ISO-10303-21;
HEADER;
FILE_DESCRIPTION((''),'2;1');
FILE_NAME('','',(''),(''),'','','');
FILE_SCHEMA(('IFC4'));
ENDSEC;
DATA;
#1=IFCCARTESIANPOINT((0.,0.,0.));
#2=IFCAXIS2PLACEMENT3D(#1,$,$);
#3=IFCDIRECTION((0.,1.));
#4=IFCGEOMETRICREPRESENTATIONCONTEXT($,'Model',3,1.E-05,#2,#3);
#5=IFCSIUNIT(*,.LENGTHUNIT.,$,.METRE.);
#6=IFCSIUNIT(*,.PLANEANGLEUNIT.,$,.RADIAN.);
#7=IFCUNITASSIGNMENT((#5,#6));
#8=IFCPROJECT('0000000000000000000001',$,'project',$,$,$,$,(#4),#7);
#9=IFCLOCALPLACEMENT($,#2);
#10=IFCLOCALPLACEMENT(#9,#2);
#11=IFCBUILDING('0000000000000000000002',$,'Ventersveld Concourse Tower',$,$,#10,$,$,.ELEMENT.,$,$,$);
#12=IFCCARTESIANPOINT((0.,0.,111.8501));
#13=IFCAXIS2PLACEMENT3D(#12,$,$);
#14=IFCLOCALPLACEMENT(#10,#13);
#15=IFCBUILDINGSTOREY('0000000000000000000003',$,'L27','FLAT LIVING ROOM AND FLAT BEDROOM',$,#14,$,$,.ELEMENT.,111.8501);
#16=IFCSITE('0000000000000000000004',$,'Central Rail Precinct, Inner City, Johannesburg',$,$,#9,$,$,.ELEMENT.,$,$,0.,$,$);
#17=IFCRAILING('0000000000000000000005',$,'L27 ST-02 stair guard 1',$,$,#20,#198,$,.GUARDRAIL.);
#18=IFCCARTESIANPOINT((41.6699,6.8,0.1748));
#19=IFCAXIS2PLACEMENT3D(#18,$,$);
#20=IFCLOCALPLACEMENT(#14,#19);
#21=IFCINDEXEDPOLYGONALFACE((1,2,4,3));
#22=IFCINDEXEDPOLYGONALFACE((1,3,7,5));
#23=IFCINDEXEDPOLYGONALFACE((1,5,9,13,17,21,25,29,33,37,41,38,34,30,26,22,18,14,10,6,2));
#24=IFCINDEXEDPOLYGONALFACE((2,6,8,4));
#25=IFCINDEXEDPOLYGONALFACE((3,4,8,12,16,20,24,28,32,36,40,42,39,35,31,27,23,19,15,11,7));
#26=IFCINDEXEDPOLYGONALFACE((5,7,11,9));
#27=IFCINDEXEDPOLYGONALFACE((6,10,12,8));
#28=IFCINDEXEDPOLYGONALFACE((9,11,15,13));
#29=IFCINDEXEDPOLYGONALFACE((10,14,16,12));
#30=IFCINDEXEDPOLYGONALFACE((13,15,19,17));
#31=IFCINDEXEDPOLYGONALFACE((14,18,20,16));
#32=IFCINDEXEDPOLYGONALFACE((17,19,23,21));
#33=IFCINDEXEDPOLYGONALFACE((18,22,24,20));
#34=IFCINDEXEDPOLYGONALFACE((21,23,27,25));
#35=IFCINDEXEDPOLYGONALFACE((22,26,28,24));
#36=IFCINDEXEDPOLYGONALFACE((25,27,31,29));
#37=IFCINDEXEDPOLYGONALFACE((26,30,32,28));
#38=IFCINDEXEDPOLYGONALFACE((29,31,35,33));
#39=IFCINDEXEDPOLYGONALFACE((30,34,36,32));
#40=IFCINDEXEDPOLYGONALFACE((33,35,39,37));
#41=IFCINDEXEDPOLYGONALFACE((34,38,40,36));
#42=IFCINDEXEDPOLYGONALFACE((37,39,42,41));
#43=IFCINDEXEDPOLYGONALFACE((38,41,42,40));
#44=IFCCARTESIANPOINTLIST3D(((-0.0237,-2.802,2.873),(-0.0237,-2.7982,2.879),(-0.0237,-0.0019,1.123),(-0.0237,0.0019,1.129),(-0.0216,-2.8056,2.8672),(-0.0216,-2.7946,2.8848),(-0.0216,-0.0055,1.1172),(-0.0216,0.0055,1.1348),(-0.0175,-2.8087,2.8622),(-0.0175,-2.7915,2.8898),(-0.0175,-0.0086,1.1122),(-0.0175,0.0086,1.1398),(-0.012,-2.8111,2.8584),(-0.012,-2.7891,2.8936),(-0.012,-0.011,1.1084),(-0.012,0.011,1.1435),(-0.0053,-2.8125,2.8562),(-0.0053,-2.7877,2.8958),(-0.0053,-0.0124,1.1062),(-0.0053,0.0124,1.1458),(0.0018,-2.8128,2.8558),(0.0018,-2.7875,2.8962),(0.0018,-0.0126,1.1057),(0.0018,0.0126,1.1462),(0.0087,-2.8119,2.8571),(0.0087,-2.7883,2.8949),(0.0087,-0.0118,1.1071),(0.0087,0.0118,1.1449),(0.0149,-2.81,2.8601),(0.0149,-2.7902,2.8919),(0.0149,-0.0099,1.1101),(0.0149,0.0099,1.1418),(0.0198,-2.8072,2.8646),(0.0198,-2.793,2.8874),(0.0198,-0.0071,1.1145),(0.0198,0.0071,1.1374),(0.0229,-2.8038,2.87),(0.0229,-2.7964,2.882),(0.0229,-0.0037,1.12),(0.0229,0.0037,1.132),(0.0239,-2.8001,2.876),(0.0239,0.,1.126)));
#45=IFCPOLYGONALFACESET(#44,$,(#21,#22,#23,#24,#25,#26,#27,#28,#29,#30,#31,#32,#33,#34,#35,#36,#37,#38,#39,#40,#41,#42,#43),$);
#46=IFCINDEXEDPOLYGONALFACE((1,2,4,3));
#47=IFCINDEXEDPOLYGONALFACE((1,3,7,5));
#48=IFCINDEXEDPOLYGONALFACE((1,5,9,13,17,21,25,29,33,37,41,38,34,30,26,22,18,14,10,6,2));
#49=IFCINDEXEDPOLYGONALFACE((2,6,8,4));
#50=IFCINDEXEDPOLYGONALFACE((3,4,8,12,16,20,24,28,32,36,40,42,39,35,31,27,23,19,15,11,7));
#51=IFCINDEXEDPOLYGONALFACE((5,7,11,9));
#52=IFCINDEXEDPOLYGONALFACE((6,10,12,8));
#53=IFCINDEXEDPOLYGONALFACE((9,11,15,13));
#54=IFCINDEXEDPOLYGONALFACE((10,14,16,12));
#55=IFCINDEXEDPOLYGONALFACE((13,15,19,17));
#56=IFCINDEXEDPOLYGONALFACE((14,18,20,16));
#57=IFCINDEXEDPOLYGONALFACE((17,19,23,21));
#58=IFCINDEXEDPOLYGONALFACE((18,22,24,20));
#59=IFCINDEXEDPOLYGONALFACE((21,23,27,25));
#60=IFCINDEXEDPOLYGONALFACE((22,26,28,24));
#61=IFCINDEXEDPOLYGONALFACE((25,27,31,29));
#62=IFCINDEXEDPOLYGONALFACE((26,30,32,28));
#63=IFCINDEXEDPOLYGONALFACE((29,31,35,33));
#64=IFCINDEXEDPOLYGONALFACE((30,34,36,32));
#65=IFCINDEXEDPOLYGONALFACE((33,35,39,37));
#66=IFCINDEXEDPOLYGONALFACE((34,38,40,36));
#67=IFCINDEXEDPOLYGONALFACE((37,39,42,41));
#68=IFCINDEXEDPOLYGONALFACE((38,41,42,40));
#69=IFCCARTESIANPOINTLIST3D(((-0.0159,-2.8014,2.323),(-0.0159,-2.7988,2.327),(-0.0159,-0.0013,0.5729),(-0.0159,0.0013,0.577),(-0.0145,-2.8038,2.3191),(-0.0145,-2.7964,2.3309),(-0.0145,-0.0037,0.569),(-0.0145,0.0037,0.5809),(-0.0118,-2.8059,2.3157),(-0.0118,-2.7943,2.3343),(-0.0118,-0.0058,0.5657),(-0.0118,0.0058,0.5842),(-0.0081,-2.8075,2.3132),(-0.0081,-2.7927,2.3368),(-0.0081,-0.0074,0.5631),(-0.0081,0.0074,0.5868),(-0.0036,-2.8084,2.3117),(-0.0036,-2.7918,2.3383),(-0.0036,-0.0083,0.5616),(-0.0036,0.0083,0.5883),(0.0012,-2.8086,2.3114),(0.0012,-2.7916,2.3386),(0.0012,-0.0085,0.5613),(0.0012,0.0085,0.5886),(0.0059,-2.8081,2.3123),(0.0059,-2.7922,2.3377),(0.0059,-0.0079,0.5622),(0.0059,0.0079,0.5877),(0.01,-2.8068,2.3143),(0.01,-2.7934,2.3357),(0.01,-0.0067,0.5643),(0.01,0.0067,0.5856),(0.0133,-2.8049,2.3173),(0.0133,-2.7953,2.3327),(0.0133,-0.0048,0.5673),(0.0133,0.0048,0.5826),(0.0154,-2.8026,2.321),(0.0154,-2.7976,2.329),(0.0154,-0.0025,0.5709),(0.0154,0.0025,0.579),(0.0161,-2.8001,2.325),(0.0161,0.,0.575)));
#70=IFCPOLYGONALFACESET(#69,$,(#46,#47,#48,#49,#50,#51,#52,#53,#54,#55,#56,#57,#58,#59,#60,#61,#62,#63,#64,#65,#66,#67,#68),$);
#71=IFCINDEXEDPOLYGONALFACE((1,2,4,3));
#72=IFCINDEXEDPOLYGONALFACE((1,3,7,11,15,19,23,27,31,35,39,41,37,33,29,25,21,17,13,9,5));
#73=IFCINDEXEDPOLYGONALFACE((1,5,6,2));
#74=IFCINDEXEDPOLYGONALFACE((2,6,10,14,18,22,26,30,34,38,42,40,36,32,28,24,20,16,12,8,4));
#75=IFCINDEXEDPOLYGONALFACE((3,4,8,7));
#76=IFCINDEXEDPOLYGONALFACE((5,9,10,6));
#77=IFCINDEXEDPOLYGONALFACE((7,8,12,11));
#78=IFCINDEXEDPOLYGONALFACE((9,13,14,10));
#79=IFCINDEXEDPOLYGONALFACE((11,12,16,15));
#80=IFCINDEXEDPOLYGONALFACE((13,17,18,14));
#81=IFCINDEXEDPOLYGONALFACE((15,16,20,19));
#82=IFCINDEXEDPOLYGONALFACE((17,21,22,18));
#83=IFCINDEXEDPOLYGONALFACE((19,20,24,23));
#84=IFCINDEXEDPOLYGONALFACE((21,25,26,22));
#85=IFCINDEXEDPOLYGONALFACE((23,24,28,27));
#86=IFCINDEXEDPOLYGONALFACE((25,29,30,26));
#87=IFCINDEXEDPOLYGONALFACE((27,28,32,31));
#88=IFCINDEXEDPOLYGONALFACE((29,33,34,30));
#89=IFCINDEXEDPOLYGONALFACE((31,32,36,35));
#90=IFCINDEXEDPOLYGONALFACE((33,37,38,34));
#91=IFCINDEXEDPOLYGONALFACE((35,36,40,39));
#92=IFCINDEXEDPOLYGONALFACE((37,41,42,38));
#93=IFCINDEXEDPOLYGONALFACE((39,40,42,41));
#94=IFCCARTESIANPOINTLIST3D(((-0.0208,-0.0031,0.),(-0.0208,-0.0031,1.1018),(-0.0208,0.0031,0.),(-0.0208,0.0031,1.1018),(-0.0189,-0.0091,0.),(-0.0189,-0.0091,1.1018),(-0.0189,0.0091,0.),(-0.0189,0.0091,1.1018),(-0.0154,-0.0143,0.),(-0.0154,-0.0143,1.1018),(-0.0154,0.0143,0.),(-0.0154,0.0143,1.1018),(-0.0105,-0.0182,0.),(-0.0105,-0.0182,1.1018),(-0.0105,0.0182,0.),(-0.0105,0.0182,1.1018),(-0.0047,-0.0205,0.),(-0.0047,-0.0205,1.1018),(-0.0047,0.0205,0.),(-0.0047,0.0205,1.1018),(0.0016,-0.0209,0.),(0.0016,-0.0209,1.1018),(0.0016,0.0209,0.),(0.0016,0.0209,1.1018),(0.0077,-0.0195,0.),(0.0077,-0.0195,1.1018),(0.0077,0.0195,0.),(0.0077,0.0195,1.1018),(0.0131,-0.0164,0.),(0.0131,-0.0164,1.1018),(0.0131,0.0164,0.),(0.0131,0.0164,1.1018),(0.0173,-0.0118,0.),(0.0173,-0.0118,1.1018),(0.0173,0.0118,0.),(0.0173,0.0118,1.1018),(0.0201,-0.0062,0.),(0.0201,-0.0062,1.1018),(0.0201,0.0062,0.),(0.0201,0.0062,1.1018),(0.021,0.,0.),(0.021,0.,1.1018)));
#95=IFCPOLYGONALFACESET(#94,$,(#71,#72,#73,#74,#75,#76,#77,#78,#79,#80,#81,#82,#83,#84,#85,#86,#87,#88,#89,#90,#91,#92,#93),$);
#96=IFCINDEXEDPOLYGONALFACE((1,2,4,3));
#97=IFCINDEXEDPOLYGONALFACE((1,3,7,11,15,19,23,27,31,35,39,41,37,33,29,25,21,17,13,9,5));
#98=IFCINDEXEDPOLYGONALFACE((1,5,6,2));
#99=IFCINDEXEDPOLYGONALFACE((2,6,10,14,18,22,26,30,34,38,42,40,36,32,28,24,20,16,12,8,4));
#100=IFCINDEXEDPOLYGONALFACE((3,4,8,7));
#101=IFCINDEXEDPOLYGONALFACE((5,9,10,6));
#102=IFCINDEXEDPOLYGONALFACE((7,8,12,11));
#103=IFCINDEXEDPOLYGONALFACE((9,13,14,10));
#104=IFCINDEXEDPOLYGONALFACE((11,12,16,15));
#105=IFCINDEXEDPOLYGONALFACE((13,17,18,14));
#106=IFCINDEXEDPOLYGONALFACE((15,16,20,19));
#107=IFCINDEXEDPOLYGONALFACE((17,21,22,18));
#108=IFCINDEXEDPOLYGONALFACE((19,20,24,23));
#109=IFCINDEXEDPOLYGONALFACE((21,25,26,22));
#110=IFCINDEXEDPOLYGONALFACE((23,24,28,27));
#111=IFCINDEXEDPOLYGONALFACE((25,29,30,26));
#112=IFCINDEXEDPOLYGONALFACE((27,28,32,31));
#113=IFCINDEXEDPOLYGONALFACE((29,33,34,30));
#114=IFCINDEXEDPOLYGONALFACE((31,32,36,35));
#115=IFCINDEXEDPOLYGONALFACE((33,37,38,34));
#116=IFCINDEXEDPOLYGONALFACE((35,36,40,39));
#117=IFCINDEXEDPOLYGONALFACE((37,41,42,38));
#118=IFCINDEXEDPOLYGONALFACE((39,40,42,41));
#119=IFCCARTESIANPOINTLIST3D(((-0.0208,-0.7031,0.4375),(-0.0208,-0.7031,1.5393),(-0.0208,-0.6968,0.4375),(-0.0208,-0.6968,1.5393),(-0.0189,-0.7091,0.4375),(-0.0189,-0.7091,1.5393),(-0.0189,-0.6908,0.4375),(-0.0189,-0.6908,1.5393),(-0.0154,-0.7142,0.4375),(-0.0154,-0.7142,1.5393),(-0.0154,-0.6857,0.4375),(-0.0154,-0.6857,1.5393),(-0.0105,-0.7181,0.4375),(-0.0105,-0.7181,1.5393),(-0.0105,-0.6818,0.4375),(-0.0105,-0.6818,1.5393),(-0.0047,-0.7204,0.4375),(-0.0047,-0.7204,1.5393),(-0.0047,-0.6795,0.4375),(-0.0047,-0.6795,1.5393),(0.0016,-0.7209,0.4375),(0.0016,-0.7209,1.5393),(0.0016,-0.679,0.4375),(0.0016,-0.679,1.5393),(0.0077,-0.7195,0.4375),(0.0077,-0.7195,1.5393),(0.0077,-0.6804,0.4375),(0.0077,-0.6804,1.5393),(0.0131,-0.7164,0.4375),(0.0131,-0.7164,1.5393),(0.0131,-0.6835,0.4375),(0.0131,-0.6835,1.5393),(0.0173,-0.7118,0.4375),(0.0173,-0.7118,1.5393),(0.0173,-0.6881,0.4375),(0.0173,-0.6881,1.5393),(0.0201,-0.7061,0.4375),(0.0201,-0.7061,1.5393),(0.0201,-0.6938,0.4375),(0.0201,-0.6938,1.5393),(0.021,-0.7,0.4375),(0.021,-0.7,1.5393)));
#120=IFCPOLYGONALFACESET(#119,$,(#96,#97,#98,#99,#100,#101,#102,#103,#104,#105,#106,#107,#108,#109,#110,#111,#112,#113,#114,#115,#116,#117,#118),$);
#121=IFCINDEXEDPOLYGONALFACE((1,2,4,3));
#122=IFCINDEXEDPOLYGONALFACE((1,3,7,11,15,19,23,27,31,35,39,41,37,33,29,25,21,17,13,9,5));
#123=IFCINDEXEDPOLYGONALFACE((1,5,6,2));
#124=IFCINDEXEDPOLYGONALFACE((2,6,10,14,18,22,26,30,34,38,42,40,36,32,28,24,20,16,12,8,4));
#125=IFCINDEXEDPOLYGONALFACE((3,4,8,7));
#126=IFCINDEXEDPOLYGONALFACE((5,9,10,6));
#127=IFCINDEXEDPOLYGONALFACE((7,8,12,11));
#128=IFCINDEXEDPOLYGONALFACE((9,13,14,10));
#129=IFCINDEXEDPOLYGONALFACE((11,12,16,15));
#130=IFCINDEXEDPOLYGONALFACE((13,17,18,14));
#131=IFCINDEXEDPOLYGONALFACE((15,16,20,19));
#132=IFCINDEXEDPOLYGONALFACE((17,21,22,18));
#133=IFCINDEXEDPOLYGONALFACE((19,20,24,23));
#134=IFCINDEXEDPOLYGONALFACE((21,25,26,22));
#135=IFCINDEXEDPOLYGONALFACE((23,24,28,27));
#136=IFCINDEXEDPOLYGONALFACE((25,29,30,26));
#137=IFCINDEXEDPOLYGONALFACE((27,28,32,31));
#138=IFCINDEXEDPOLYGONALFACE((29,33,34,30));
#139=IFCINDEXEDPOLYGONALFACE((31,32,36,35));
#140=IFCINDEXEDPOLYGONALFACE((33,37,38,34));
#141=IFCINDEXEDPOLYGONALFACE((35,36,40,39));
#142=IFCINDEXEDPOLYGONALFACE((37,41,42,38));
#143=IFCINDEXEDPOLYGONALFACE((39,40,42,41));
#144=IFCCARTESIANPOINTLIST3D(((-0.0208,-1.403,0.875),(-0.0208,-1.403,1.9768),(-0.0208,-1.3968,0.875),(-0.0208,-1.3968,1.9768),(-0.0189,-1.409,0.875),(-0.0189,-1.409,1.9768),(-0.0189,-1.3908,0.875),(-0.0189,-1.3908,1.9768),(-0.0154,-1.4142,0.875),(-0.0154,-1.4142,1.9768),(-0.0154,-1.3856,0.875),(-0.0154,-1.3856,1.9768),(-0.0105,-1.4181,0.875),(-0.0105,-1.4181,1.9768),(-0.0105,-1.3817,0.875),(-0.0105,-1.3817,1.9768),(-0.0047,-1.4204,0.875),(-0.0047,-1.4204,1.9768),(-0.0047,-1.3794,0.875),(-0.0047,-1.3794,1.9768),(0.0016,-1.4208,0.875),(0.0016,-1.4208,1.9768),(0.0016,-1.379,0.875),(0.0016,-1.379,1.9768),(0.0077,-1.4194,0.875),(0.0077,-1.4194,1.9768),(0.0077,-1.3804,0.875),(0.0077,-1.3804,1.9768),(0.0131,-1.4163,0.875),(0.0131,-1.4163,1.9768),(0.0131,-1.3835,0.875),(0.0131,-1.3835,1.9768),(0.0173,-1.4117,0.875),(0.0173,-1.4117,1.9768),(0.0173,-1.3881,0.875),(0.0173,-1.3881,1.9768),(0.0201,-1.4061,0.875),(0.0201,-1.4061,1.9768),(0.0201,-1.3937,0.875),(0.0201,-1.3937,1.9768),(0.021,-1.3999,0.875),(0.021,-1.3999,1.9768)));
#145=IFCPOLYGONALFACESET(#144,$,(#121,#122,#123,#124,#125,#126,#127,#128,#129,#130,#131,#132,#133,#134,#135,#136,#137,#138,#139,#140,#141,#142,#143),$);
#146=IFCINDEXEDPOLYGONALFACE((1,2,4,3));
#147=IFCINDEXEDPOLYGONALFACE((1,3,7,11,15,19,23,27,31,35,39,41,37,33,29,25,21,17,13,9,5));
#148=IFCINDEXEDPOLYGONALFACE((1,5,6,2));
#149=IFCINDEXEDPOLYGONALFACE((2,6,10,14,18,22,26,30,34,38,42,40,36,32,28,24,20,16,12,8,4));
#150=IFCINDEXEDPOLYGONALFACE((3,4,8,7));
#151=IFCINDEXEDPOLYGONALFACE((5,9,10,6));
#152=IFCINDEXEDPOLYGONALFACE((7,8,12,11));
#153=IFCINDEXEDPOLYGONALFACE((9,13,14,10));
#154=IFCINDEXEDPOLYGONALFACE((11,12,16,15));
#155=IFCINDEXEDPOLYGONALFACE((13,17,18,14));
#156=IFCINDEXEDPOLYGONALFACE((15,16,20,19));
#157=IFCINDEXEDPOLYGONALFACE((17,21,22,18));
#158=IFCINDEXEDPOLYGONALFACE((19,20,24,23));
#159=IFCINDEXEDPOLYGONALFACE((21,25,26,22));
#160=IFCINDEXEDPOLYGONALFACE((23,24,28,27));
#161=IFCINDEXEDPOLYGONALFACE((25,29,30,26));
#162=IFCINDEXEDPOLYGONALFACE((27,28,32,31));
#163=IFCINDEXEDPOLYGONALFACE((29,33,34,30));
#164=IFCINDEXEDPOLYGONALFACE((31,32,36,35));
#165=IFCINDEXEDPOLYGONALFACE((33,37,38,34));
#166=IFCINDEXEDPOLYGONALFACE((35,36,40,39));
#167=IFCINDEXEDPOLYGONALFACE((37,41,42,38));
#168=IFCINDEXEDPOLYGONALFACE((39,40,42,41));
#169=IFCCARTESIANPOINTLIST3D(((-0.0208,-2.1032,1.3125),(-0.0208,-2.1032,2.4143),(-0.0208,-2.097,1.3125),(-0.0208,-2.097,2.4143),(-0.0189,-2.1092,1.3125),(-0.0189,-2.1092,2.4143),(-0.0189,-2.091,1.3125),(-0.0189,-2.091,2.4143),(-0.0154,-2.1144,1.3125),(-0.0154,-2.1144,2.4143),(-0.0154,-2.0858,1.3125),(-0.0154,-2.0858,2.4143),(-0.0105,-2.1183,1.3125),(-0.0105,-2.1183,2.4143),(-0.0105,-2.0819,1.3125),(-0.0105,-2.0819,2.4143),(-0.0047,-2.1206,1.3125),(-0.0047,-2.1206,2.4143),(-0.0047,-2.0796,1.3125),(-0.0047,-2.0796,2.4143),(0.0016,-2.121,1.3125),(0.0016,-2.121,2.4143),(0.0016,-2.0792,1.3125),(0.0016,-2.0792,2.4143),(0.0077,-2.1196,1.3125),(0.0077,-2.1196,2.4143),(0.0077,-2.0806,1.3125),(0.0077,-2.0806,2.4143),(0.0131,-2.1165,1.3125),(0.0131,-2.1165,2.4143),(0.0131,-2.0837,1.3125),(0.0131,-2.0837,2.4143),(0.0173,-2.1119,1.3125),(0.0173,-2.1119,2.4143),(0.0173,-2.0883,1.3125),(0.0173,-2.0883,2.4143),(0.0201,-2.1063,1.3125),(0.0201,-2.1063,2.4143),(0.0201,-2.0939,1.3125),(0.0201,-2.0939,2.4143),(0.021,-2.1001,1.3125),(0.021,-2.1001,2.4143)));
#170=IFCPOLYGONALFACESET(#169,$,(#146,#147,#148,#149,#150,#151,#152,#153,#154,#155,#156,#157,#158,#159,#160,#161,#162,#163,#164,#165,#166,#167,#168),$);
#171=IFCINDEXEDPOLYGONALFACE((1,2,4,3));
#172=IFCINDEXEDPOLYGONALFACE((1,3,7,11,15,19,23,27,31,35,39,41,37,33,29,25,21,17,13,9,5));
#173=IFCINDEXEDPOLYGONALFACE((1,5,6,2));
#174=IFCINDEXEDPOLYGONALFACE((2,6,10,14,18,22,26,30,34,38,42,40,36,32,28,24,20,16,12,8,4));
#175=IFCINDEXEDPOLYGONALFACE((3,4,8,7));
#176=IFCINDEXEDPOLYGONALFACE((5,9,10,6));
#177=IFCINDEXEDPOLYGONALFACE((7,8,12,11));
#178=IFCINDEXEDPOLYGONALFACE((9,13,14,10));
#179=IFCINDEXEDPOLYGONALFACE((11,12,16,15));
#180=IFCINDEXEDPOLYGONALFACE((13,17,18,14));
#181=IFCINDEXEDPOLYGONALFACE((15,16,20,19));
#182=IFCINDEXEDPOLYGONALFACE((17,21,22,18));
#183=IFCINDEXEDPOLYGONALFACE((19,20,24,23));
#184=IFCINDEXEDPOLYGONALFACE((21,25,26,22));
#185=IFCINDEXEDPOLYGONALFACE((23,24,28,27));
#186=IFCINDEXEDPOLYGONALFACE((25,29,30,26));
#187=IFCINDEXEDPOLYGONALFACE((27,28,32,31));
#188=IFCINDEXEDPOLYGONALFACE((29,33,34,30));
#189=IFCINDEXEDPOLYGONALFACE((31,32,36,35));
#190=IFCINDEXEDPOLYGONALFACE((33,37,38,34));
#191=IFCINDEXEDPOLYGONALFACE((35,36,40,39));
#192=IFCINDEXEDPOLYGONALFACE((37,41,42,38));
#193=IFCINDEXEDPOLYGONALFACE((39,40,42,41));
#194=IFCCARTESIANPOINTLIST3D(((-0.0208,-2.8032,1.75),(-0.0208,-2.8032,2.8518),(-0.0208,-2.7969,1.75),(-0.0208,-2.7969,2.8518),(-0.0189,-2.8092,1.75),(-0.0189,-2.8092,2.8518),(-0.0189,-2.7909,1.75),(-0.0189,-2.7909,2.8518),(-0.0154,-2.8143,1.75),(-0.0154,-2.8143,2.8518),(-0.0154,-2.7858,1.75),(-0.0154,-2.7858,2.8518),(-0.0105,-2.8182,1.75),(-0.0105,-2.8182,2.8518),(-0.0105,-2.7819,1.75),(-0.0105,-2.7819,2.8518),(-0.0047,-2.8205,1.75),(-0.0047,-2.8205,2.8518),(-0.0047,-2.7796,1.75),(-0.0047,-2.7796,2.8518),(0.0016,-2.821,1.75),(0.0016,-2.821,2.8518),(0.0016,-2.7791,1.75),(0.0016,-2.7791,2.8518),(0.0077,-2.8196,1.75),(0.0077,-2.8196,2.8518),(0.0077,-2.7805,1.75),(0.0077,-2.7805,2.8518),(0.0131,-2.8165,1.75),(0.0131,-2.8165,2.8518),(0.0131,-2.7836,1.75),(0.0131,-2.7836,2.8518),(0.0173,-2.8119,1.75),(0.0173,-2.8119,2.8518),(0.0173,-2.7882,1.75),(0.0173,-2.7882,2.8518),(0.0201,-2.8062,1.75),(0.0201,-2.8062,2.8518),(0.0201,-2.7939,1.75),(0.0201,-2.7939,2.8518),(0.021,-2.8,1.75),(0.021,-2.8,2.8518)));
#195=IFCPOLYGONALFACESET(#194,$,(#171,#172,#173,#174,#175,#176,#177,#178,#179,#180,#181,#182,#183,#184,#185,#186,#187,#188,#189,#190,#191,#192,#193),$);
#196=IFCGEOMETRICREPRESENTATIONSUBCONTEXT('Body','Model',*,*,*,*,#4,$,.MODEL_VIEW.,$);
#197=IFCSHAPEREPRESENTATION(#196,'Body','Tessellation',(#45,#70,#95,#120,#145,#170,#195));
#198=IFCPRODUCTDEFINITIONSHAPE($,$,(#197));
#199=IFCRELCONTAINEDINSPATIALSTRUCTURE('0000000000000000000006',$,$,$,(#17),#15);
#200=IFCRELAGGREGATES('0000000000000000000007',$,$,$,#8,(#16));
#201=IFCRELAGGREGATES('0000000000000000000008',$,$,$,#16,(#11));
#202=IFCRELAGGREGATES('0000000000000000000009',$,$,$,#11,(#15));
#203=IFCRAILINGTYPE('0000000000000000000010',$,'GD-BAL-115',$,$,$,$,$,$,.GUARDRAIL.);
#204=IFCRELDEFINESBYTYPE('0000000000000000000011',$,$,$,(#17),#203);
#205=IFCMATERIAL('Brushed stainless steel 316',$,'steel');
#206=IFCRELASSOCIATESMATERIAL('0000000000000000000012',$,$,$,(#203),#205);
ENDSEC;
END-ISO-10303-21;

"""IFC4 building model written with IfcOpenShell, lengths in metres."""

from ifc_helpers import new_model, si_unit, direction, frame, origin, origin_2d, place, context, subcontext, project, spatial, circle, extrude, material, type_object, element, save


model = new_model("IFC4")

# Units and contexts
model_context = context("Model", 3, precision=1e-05, world=origin(), true_north=direction((0.0, 1.0)))
body_context = subcontext(model_context, "Body", "Model", "MODEL_VIEW")
ifc_project = project(units=[si_unit("LENGTHUNIT", "METRE"), si_unit("PLANEANGLEUNIT", "RADIAN")], contexts=[model_context])

# Site, building, storey
site_placement = place(None, origin())
site = spatial("IfcSite", under=ifc_project, at=site_placement, Name="Central Rail Precinct, Inner City, Johannesburg", CompositionType="ELEMENT", RefElevation=0.0)
building_placement = place(site_placement, origin())
building = spatial("IfcBuilding", under=site, at=building_placement, Name="Ventersveld Concourse Tower", CompositionType="ELEMENT")
storey_placement = place(building_placement, frame((0.0, 0.0, 111.8501)))
storey = spatial("IfcBuildingStorey", under=building, at=storey_placement, Name="L27", Description="FLAT LIVING ROOM AND FLAT BEDROOM", CompositionType="ELEMENT", Elevation=111.8501)

# Shared definitions
ifc_material_1 = material(Name="Brushed stainless steel 316", Category="steel")

# Railing
railing_type_1 = type_object("IfcRailingType", Name="GD-BAL-115", PredefinedType="GUARDRAIL", material=ifc_material_1)
railing_1_placement = place(storey_placement, frame((41.6699, 6.8, 0.1748)))
element("IfcRailing", 1, at=railing_1_placement, inside=storey, type_object=railing_type_1, Name="L27 ST-02 stair guard 1", PredefinedType="GUARDRAIL", context=body_context, shape_type="SweptSolid", body=[
    extrude(circle(Radius=0.0239, at=origin_2d()), frame((0.0, 0.0, 1.126), z_axis=(0.0, -0.848002, 0.529992), x_axis=(1.0, 0.0, 0.0)), (0.0, 0.0, 1.0), 3.302),
    extrude(circle(Radius=0.0161, at=origin_2d()), frame((0.0, 0.0, 0.575), z_axis=(0.0, -0.848002, 0.529992), x_axis=(1.0, 0.0, 0.0)), (0.0, 0.0, 1.0), 3.302),
    extrude(circle(Radius=0.021, at=origin_2d()), origin(), (0.0, 0.0, 1.0), 1.1018),
    extrude(circle(Radius=0.021, at=origin_2d()), frame((0.0, -0.7, 0.4375)), (0.0, 0.0, 1.0), 1.1018),
    extrude(circle(Radius=0.021, at=origin_2d()), frame((0.0, -1.3999, 0.875)), (0.0, 0.0, 1.0), 1.1018),
    extrude(circle(Radius=0.021, at=origin_2d()), frame((0.0, -2.1001, 1.3125)), (0.0, 0.0, 1.0), 1.1018),
    extrude(circle(Radius=0.021, at=origin_2d()), frame((0.0, -2.8, 1.75)), (0.0, 0.0, 1.0), 1.1018),
])

save(model, "model.ifc")
